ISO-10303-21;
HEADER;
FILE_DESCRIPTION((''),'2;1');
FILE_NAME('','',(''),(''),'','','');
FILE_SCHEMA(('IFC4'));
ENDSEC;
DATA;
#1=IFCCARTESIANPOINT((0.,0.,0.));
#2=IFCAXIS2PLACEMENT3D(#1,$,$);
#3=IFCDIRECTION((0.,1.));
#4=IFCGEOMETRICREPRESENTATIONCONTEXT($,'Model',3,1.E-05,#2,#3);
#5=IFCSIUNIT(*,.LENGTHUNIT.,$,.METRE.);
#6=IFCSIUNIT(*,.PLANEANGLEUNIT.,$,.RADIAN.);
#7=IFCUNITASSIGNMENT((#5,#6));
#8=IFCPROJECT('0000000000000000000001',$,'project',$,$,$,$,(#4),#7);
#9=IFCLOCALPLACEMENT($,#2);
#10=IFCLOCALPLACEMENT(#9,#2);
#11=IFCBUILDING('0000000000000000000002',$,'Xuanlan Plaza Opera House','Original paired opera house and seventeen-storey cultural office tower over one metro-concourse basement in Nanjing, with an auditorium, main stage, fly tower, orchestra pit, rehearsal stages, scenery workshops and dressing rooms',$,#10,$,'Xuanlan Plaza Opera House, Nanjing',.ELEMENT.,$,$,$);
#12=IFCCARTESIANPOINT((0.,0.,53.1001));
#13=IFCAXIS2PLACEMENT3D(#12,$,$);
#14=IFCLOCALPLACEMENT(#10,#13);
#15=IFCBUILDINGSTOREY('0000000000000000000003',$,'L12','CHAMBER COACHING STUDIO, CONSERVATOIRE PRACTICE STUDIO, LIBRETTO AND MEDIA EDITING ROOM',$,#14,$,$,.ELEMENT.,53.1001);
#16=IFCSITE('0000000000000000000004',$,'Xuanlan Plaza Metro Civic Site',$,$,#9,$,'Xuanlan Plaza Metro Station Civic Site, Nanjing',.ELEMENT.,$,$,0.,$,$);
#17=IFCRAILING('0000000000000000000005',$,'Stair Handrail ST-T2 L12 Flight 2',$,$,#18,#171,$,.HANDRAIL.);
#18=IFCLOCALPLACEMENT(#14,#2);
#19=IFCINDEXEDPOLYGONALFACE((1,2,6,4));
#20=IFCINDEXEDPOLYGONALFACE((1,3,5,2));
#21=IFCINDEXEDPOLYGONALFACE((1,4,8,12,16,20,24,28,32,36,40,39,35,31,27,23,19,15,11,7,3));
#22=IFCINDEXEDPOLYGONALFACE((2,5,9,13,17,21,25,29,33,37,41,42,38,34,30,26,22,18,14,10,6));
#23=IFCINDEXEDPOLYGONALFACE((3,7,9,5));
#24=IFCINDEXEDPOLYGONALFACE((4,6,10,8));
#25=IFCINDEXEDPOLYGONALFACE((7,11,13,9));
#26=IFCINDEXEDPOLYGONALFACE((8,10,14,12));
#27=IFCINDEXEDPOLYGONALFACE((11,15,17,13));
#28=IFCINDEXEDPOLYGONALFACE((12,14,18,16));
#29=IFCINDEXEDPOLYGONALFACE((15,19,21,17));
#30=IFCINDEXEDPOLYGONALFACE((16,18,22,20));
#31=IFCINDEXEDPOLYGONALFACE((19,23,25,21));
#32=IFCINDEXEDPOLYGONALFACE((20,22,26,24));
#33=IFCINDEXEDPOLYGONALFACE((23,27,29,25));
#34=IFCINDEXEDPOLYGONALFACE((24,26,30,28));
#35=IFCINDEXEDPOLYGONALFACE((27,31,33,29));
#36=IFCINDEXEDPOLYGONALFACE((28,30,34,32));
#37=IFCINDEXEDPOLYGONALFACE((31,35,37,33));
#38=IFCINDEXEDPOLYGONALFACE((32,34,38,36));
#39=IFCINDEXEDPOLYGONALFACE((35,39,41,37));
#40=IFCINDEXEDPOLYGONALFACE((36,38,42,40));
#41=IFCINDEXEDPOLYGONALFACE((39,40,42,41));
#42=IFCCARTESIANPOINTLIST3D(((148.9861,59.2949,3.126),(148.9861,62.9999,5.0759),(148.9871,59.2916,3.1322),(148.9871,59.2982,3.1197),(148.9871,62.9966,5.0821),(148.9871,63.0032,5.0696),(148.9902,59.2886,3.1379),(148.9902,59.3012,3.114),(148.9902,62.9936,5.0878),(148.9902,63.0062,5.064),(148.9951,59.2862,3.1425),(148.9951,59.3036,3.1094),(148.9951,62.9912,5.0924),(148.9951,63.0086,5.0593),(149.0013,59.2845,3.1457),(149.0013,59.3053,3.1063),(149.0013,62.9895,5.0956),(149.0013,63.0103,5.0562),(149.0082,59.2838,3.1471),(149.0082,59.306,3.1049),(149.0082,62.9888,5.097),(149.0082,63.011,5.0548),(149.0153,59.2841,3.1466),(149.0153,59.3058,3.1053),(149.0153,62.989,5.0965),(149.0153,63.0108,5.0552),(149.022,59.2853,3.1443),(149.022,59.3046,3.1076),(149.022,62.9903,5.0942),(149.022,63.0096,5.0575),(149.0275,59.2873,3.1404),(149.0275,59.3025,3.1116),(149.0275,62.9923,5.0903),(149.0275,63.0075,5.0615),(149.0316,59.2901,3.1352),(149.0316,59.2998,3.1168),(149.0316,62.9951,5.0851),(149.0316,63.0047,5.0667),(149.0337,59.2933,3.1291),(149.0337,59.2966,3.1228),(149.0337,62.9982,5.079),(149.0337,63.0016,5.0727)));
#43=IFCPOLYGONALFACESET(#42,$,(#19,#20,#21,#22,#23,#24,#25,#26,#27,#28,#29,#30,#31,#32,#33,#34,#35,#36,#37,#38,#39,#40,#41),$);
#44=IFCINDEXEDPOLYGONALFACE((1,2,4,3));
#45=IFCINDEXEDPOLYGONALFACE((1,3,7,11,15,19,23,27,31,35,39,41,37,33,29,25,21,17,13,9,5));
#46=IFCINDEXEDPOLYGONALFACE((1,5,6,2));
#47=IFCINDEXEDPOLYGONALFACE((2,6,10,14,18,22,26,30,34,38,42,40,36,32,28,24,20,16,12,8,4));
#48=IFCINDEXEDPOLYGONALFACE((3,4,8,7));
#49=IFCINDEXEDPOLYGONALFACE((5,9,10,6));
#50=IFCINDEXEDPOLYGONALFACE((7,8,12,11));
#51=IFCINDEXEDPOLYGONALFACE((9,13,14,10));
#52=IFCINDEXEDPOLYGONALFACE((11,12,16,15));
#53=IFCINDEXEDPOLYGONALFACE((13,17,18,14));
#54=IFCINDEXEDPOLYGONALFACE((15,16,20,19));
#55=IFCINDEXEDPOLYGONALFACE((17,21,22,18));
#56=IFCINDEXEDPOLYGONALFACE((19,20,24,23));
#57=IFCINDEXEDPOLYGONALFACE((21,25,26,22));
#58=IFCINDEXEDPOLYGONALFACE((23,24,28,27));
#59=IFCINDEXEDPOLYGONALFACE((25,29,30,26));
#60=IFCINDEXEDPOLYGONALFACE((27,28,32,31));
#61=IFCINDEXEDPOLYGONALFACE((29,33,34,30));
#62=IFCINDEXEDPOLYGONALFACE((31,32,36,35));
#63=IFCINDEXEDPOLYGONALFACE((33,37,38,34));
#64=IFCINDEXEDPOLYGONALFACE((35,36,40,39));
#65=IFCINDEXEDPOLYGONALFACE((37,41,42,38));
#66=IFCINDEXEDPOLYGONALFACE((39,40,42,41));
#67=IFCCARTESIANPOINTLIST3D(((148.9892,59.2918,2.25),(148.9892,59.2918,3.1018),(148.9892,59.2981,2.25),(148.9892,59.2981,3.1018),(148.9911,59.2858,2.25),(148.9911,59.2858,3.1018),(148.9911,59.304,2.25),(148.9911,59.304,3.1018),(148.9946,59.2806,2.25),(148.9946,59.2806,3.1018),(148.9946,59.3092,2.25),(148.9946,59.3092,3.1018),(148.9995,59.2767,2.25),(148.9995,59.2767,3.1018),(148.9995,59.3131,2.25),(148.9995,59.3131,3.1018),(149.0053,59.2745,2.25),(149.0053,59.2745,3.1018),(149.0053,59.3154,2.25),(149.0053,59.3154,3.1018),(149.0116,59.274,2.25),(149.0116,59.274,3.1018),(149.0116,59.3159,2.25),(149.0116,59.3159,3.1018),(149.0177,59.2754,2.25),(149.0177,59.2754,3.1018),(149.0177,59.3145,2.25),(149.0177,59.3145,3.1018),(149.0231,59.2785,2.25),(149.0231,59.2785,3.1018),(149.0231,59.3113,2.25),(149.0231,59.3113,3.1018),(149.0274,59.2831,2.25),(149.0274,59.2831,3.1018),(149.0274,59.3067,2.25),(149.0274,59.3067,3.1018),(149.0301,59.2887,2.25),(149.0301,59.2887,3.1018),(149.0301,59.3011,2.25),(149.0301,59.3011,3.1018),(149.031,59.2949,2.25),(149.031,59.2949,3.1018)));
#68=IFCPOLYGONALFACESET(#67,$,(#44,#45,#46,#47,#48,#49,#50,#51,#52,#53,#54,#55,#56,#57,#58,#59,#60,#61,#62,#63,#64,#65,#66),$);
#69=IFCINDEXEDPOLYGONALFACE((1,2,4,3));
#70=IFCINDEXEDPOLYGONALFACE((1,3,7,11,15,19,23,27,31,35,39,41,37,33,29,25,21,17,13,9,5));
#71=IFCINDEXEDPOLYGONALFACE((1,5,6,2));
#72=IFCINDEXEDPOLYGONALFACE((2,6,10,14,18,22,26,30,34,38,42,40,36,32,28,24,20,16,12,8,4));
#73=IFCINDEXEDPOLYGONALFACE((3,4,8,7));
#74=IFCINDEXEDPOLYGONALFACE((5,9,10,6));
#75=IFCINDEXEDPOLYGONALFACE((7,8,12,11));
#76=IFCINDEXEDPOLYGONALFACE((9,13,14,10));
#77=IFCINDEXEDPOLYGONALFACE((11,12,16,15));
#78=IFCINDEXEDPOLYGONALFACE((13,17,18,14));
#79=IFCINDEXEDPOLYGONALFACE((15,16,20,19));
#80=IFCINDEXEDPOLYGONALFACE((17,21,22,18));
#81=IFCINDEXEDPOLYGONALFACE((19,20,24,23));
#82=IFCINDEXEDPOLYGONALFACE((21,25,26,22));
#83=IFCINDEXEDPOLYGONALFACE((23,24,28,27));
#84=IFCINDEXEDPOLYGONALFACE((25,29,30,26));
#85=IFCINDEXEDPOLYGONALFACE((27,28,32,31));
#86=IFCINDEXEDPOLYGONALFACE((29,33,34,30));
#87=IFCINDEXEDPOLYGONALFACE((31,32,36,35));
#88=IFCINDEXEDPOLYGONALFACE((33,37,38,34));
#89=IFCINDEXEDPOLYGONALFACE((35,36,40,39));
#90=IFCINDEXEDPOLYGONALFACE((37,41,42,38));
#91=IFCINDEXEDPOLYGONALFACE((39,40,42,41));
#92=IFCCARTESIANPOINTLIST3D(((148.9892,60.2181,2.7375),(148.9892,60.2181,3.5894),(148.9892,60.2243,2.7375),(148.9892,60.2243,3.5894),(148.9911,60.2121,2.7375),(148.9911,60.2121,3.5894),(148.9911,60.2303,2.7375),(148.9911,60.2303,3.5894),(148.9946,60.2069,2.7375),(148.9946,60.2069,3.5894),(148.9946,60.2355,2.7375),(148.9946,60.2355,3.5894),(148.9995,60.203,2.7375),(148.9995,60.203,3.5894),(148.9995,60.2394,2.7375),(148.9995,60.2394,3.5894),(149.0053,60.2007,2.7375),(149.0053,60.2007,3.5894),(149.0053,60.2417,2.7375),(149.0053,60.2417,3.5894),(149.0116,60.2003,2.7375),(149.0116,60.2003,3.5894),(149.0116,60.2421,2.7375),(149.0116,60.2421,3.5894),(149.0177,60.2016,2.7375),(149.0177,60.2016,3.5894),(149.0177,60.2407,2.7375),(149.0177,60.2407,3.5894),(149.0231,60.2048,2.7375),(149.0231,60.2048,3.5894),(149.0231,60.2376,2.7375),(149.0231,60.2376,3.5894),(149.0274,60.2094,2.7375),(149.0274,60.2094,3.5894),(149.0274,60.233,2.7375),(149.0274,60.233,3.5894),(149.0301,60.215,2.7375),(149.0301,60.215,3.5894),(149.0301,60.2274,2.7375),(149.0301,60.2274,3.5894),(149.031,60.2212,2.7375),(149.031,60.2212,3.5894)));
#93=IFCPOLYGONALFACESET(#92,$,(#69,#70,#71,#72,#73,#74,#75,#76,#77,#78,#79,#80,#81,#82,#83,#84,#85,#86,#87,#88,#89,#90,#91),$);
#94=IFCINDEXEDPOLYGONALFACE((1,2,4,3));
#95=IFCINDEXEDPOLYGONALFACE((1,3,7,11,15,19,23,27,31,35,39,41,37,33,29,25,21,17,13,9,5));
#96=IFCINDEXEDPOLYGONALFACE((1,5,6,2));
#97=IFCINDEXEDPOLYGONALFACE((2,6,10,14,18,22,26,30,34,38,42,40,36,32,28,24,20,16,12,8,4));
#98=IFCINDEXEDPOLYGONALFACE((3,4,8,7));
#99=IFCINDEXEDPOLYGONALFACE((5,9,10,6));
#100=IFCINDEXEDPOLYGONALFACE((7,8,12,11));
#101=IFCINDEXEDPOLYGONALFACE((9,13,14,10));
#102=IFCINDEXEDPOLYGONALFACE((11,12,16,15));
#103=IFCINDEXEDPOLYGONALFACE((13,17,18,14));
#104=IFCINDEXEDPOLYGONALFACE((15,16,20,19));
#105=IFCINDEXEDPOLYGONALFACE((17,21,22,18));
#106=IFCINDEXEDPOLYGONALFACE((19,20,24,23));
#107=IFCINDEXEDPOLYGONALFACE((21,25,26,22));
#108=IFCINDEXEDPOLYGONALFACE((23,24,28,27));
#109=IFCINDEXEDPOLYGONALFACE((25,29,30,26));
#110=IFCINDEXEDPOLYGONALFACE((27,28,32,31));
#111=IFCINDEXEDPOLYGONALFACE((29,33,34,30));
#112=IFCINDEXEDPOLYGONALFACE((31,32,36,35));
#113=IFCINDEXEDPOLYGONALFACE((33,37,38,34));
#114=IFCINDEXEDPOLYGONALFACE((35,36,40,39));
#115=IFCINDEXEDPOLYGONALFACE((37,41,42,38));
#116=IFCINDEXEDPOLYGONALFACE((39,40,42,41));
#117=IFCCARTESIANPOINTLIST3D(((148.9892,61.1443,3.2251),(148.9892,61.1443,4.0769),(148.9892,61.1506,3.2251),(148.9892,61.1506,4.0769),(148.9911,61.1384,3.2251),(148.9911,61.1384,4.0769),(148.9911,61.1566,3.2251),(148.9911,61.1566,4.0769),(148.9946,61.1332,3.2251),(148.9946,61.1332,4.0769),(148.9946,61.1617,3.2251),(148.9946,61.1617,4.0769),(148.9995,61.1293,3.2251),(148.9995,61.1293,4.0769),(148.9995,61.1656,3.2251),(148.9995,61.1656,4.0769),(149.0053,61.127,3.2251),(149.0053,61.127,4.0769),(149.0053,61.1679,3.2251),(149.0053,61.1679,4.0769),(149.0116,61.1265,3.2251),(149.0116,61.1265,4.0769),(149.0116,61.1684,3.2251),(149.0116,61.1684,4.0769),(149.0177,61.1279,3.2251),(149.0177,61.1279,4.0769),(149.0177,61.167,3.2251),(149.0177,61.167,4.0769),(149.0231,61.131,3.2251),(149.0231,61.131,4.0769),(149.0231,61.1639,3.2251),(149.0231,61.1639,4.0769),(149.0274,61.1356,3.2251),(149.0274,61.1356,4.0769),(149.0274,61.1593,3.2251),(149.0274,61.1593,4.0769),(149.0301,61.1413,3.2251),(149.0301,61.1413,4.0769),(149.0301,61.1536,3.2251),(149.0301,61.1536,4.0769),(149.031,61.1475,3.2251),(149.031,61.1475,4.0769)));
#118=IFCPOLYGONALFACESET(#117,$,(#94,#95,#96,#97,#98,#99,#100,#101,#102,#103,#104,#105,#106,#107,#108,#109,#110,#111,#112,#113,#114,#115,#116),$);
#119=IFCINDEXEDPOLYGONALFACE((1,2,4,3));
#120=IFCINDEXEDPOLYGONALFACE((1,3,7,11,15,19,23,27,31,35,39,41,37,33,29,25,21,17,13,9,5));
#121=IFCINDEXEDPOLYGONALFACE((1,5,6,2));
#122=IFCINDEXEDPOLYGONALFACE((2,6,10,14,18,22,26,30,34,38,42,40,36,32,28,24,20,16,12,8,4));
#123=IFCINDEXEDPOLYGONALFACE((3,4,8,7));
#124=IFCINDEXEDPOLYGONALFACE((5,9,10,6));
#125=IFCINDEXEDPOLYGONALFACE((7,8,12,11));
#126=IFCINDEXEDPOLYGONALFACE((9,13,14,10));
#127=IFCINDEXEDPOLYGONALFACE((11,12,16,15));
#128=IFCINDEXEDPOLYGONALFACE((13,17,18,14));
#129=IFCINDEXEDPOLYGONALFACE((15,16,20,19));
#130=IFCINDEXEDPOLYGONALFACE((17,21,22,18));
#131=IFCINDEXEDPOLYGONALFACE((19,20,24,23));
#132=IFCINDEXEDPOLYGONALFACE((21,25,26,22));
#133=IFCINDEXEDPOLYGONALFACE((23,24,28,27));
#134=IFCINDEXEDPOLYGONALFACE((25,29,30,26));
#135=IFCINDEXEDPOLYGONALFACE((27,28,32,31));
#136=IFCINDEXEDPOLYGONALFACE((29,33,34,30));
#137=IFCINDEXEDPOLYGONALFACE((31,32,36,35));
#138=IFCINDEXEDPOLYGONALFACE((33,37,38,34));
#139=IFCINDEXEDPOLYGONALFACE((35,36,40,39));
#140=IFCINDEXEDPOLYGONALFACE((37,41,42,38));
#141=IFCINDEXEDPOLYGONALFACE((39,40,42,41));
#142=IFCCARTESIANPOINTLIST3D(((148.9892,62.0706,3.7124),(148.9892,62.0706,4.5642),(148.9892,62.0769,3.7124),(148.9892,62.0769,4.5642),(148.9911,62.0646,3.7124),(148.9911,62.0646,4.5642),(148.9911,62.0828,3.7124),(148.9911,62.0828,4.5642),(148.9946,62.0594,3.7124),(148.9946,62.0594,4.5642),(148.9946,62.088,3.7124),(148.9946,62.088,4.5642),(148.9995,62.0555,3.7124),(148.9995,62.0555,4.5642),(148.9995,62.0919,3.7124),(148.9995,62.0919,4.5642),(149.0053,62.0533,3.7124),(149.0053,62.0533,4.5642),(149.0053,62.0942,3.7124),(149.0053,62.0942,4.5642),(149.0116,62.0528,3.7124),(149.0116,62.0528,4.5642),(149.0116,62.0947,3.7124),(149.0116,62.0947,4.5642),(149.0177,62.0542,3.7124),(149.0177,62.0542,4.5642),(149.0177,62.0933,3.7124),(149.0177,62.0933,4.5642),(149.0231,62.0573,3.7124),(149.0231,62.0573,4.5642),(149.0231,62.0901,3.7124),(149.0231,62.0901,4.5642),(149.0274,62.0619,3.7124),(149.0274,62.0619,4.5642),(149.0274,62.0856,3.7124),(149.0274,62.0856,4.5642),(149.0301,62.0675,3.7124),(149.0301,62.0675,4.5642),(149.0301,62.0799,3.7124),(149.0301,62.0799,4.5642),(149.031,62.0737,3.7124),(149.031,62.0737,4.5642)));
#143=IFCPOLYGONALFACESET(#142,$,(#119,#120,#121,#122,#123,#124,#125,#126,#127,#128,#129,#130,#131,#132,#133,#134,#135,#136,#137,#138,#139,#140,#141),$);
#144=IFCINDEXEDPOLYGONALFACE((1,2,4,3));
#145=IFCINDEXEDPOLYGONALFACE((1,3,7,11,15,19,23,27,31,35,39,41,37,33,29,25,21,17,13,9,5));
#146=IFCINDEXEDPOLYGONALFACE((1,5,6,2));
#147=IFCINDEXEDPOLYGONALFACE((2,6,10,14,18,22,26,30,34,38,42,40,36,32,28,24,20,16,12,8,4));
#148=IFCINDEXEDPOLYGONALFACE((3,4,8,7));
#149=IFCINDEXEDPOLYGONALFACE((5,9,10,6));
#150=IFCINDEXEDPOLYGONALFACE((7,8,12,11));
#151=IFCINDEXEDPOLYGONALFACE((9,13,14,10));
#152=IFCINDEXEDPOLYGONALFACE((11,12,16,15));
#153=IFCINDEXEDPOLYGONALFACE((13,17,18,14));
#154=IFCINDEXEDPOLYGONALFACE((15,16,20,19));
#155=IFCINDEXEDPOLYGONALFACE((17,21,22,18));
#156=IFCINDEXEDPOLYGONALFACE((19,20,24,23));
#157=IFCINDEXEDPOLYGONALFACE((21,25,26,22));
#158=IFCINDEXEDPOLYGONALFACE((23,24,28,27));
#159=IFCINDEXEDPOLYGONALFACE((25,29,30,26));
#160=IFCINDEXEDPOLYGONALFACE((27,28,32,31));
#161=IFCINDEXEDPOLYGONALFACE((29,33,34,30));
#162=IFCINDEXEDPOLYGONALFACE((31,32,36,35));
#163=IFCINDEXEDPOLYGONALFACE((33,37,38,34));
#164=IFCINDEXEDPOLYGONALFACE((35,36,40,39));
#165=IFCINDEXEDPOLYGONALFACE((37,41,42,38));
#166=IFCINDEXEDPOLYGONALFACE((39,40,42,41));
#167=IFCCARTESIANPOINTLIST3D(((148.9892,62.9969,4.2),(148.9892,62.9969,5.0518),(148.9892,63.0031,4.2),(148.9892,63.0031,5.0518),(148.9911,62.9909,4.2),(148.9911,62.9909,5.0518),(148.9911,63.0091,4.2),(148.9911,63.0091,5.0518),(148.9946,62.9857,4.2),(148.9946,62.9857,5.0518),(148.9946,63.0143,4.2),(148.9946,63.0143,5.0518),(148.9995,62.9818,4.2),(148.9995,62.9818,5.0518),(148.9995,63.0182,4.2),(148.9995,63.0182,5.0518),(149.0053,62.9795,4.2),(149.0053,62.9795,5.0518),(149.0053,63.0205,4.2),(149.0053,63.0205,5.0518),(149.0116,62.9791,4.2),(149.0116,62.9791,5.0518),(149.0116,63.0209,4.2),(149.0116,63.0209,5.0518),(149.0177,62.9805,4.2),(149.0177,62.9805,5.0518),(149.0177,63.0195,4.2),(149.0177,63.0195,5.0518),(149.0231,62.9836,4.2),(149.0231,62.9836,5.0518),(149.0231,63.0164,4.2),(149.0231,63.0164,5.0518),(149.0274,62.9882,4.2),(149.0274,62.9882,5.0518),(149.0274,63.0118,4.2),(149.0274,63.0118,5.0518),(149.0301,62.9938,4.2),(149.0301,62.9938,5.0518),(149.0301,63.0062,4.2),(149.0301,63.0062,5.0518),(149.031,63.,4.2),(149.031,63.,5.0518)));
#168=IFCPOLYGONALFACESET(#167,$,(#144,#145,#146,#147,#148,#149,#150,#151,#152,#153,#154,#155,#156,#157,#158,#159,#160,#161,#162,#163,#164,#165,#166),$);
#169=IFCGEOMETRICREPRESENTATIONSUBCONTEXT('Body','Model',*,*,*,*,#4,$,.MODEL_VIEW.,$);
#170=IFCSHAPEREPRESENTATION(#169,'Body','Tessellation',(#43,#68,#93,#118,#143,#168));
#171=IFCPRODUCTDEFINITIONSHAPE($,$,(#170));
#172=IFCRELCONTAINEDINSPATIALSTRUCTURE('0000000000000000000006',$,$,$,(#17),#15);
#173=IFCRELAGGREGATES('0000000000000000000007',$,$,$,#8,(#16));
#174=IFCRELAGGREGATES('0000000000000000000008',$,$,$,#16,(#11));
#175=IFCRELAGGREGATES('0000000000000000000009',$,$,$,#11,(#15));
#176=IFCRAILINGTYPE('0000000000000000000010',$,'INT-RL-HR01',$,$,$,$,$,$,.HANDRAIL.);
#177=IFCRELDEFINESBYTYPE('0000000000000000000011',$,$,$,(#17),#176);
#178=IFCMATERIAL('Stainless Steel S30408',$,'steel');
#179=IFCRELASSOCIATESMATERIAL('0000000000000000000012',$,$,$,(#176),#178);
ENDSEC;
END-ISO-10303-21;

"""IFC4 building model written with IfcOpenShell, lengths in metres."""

from ifc_helpers import new_model, si_unit, direction, frame, origin, origin_2d, place, context, subcontext, project, spatial, circle, extrude, material, type_object, element, save


model = new_model("IFC4")

# Units and contexts
model_context = context("Model", 3, precision=1e-05, world=origin(), true_north=direction((0.0, 1.0)))
body_context = subcontext(model_context, "Body", "Model", "MODEL_VIEW")
ifc_project = project(units=[si_unit("LENGTHUNIT", "METRE"), si_unit("PLANEANGLEUNIT", "RADIAN")], contexts=[model_context])

# Site, building, storey
site_placement = place(None, origin())
site = spatial("IfcSite", under=ifc_project, at=site_placement, Name="Xuanlan Plaza Metro Civic Site", LongName="Xuanlan Plaza Metro Station Civic Site, Nanjing", CompositionType="ELEMENT", RefElevation=0.0)
building_placement = place(site_placement, origin())
building = spatial("IfcBuilding", under=site, at=building_placement, Name="Xuanlan Plaza Opera House", Description="Original paired opera house and seventeen-storey cultural office tower over one metro-concourse basement in Nanjing, with an auditorium, main stage, fly tower, orchestra pit, rehearsal stages, scenery workshops and dressing rooms", LongName="Xuanlan Plaza Opera House, Nanjing", CompositionType="ELEMENT")
storey_placement = place(building_placement, frame((0.0, 0.0, 53.1001)))
storey = spatial("IfcBuildingStorey", under=building, at=storey_placement, Name="L12", Description="CHAMBER COACHING STUDIO, CONSERVATOIRE PRACTICE STUDIO, LIBRETTO AND MEDIA EDITING ROOM", CompositionType="ELEMENT", Elevation=53.1001)

# Railing
ifc_material_1 = material(Name="Stainless Steel S30408", Category="steel")
railing_type = type_object("IfcRailingType", Name="INT-RL-HR01", PredefinedType="HANDRAIL", material=ifc_material_1)
railing_placement = place(storey_placement, frame((149.01, 59.2949, 2.25)))
element("IfcRailing", 1, at=railing_placement, inside=storey, type_object=railing_type, Name="Stair Handrail ST-T2 L12 Flight 2", PredefinedType="HANDRAIL", context=body_context, shape_type="SweptSolid", body=[
    extrude(circle(Radius=0.0239, at=origin_2d()), frame((0.0, 0.0, 0.876), z_axis=(0.0, 0.884927, 0.46573), x_axis=(-1.0, 0.0, 0.0)), (0.0, 0.0, 1.0), 4.1868),
    extrude(circle(Radius=0.021, at=origin_2d()), origin(), (0.0, 0.0, 1.0), 0.8518),
    extrude(circle(Radius=0.021, at=origin_2d()), frame((0.0, 0.9263, 0.4875)), (0.0, 0.0, 1.0), 0.8518),
    extrude(circle(Radius=0.021, at=origin_2d()), frame((0.0, 1.8525, 0.9751)), (0.0, 0.0, 1.0), 0.8518),
    extrude(circle(Radius=0.021, at=origin_2d()), frame((0.0, 2.7788, 1.4624)), (0.0, 0.0, 1.0), 0.8518),
    extrude(circle(Radius=0.021, at=origin_2d()), frame((0.0, 3.7051, 1.95)), (0.0, 0.0, 1.0), 0.8518),
])

save(model, "model.ifc")
